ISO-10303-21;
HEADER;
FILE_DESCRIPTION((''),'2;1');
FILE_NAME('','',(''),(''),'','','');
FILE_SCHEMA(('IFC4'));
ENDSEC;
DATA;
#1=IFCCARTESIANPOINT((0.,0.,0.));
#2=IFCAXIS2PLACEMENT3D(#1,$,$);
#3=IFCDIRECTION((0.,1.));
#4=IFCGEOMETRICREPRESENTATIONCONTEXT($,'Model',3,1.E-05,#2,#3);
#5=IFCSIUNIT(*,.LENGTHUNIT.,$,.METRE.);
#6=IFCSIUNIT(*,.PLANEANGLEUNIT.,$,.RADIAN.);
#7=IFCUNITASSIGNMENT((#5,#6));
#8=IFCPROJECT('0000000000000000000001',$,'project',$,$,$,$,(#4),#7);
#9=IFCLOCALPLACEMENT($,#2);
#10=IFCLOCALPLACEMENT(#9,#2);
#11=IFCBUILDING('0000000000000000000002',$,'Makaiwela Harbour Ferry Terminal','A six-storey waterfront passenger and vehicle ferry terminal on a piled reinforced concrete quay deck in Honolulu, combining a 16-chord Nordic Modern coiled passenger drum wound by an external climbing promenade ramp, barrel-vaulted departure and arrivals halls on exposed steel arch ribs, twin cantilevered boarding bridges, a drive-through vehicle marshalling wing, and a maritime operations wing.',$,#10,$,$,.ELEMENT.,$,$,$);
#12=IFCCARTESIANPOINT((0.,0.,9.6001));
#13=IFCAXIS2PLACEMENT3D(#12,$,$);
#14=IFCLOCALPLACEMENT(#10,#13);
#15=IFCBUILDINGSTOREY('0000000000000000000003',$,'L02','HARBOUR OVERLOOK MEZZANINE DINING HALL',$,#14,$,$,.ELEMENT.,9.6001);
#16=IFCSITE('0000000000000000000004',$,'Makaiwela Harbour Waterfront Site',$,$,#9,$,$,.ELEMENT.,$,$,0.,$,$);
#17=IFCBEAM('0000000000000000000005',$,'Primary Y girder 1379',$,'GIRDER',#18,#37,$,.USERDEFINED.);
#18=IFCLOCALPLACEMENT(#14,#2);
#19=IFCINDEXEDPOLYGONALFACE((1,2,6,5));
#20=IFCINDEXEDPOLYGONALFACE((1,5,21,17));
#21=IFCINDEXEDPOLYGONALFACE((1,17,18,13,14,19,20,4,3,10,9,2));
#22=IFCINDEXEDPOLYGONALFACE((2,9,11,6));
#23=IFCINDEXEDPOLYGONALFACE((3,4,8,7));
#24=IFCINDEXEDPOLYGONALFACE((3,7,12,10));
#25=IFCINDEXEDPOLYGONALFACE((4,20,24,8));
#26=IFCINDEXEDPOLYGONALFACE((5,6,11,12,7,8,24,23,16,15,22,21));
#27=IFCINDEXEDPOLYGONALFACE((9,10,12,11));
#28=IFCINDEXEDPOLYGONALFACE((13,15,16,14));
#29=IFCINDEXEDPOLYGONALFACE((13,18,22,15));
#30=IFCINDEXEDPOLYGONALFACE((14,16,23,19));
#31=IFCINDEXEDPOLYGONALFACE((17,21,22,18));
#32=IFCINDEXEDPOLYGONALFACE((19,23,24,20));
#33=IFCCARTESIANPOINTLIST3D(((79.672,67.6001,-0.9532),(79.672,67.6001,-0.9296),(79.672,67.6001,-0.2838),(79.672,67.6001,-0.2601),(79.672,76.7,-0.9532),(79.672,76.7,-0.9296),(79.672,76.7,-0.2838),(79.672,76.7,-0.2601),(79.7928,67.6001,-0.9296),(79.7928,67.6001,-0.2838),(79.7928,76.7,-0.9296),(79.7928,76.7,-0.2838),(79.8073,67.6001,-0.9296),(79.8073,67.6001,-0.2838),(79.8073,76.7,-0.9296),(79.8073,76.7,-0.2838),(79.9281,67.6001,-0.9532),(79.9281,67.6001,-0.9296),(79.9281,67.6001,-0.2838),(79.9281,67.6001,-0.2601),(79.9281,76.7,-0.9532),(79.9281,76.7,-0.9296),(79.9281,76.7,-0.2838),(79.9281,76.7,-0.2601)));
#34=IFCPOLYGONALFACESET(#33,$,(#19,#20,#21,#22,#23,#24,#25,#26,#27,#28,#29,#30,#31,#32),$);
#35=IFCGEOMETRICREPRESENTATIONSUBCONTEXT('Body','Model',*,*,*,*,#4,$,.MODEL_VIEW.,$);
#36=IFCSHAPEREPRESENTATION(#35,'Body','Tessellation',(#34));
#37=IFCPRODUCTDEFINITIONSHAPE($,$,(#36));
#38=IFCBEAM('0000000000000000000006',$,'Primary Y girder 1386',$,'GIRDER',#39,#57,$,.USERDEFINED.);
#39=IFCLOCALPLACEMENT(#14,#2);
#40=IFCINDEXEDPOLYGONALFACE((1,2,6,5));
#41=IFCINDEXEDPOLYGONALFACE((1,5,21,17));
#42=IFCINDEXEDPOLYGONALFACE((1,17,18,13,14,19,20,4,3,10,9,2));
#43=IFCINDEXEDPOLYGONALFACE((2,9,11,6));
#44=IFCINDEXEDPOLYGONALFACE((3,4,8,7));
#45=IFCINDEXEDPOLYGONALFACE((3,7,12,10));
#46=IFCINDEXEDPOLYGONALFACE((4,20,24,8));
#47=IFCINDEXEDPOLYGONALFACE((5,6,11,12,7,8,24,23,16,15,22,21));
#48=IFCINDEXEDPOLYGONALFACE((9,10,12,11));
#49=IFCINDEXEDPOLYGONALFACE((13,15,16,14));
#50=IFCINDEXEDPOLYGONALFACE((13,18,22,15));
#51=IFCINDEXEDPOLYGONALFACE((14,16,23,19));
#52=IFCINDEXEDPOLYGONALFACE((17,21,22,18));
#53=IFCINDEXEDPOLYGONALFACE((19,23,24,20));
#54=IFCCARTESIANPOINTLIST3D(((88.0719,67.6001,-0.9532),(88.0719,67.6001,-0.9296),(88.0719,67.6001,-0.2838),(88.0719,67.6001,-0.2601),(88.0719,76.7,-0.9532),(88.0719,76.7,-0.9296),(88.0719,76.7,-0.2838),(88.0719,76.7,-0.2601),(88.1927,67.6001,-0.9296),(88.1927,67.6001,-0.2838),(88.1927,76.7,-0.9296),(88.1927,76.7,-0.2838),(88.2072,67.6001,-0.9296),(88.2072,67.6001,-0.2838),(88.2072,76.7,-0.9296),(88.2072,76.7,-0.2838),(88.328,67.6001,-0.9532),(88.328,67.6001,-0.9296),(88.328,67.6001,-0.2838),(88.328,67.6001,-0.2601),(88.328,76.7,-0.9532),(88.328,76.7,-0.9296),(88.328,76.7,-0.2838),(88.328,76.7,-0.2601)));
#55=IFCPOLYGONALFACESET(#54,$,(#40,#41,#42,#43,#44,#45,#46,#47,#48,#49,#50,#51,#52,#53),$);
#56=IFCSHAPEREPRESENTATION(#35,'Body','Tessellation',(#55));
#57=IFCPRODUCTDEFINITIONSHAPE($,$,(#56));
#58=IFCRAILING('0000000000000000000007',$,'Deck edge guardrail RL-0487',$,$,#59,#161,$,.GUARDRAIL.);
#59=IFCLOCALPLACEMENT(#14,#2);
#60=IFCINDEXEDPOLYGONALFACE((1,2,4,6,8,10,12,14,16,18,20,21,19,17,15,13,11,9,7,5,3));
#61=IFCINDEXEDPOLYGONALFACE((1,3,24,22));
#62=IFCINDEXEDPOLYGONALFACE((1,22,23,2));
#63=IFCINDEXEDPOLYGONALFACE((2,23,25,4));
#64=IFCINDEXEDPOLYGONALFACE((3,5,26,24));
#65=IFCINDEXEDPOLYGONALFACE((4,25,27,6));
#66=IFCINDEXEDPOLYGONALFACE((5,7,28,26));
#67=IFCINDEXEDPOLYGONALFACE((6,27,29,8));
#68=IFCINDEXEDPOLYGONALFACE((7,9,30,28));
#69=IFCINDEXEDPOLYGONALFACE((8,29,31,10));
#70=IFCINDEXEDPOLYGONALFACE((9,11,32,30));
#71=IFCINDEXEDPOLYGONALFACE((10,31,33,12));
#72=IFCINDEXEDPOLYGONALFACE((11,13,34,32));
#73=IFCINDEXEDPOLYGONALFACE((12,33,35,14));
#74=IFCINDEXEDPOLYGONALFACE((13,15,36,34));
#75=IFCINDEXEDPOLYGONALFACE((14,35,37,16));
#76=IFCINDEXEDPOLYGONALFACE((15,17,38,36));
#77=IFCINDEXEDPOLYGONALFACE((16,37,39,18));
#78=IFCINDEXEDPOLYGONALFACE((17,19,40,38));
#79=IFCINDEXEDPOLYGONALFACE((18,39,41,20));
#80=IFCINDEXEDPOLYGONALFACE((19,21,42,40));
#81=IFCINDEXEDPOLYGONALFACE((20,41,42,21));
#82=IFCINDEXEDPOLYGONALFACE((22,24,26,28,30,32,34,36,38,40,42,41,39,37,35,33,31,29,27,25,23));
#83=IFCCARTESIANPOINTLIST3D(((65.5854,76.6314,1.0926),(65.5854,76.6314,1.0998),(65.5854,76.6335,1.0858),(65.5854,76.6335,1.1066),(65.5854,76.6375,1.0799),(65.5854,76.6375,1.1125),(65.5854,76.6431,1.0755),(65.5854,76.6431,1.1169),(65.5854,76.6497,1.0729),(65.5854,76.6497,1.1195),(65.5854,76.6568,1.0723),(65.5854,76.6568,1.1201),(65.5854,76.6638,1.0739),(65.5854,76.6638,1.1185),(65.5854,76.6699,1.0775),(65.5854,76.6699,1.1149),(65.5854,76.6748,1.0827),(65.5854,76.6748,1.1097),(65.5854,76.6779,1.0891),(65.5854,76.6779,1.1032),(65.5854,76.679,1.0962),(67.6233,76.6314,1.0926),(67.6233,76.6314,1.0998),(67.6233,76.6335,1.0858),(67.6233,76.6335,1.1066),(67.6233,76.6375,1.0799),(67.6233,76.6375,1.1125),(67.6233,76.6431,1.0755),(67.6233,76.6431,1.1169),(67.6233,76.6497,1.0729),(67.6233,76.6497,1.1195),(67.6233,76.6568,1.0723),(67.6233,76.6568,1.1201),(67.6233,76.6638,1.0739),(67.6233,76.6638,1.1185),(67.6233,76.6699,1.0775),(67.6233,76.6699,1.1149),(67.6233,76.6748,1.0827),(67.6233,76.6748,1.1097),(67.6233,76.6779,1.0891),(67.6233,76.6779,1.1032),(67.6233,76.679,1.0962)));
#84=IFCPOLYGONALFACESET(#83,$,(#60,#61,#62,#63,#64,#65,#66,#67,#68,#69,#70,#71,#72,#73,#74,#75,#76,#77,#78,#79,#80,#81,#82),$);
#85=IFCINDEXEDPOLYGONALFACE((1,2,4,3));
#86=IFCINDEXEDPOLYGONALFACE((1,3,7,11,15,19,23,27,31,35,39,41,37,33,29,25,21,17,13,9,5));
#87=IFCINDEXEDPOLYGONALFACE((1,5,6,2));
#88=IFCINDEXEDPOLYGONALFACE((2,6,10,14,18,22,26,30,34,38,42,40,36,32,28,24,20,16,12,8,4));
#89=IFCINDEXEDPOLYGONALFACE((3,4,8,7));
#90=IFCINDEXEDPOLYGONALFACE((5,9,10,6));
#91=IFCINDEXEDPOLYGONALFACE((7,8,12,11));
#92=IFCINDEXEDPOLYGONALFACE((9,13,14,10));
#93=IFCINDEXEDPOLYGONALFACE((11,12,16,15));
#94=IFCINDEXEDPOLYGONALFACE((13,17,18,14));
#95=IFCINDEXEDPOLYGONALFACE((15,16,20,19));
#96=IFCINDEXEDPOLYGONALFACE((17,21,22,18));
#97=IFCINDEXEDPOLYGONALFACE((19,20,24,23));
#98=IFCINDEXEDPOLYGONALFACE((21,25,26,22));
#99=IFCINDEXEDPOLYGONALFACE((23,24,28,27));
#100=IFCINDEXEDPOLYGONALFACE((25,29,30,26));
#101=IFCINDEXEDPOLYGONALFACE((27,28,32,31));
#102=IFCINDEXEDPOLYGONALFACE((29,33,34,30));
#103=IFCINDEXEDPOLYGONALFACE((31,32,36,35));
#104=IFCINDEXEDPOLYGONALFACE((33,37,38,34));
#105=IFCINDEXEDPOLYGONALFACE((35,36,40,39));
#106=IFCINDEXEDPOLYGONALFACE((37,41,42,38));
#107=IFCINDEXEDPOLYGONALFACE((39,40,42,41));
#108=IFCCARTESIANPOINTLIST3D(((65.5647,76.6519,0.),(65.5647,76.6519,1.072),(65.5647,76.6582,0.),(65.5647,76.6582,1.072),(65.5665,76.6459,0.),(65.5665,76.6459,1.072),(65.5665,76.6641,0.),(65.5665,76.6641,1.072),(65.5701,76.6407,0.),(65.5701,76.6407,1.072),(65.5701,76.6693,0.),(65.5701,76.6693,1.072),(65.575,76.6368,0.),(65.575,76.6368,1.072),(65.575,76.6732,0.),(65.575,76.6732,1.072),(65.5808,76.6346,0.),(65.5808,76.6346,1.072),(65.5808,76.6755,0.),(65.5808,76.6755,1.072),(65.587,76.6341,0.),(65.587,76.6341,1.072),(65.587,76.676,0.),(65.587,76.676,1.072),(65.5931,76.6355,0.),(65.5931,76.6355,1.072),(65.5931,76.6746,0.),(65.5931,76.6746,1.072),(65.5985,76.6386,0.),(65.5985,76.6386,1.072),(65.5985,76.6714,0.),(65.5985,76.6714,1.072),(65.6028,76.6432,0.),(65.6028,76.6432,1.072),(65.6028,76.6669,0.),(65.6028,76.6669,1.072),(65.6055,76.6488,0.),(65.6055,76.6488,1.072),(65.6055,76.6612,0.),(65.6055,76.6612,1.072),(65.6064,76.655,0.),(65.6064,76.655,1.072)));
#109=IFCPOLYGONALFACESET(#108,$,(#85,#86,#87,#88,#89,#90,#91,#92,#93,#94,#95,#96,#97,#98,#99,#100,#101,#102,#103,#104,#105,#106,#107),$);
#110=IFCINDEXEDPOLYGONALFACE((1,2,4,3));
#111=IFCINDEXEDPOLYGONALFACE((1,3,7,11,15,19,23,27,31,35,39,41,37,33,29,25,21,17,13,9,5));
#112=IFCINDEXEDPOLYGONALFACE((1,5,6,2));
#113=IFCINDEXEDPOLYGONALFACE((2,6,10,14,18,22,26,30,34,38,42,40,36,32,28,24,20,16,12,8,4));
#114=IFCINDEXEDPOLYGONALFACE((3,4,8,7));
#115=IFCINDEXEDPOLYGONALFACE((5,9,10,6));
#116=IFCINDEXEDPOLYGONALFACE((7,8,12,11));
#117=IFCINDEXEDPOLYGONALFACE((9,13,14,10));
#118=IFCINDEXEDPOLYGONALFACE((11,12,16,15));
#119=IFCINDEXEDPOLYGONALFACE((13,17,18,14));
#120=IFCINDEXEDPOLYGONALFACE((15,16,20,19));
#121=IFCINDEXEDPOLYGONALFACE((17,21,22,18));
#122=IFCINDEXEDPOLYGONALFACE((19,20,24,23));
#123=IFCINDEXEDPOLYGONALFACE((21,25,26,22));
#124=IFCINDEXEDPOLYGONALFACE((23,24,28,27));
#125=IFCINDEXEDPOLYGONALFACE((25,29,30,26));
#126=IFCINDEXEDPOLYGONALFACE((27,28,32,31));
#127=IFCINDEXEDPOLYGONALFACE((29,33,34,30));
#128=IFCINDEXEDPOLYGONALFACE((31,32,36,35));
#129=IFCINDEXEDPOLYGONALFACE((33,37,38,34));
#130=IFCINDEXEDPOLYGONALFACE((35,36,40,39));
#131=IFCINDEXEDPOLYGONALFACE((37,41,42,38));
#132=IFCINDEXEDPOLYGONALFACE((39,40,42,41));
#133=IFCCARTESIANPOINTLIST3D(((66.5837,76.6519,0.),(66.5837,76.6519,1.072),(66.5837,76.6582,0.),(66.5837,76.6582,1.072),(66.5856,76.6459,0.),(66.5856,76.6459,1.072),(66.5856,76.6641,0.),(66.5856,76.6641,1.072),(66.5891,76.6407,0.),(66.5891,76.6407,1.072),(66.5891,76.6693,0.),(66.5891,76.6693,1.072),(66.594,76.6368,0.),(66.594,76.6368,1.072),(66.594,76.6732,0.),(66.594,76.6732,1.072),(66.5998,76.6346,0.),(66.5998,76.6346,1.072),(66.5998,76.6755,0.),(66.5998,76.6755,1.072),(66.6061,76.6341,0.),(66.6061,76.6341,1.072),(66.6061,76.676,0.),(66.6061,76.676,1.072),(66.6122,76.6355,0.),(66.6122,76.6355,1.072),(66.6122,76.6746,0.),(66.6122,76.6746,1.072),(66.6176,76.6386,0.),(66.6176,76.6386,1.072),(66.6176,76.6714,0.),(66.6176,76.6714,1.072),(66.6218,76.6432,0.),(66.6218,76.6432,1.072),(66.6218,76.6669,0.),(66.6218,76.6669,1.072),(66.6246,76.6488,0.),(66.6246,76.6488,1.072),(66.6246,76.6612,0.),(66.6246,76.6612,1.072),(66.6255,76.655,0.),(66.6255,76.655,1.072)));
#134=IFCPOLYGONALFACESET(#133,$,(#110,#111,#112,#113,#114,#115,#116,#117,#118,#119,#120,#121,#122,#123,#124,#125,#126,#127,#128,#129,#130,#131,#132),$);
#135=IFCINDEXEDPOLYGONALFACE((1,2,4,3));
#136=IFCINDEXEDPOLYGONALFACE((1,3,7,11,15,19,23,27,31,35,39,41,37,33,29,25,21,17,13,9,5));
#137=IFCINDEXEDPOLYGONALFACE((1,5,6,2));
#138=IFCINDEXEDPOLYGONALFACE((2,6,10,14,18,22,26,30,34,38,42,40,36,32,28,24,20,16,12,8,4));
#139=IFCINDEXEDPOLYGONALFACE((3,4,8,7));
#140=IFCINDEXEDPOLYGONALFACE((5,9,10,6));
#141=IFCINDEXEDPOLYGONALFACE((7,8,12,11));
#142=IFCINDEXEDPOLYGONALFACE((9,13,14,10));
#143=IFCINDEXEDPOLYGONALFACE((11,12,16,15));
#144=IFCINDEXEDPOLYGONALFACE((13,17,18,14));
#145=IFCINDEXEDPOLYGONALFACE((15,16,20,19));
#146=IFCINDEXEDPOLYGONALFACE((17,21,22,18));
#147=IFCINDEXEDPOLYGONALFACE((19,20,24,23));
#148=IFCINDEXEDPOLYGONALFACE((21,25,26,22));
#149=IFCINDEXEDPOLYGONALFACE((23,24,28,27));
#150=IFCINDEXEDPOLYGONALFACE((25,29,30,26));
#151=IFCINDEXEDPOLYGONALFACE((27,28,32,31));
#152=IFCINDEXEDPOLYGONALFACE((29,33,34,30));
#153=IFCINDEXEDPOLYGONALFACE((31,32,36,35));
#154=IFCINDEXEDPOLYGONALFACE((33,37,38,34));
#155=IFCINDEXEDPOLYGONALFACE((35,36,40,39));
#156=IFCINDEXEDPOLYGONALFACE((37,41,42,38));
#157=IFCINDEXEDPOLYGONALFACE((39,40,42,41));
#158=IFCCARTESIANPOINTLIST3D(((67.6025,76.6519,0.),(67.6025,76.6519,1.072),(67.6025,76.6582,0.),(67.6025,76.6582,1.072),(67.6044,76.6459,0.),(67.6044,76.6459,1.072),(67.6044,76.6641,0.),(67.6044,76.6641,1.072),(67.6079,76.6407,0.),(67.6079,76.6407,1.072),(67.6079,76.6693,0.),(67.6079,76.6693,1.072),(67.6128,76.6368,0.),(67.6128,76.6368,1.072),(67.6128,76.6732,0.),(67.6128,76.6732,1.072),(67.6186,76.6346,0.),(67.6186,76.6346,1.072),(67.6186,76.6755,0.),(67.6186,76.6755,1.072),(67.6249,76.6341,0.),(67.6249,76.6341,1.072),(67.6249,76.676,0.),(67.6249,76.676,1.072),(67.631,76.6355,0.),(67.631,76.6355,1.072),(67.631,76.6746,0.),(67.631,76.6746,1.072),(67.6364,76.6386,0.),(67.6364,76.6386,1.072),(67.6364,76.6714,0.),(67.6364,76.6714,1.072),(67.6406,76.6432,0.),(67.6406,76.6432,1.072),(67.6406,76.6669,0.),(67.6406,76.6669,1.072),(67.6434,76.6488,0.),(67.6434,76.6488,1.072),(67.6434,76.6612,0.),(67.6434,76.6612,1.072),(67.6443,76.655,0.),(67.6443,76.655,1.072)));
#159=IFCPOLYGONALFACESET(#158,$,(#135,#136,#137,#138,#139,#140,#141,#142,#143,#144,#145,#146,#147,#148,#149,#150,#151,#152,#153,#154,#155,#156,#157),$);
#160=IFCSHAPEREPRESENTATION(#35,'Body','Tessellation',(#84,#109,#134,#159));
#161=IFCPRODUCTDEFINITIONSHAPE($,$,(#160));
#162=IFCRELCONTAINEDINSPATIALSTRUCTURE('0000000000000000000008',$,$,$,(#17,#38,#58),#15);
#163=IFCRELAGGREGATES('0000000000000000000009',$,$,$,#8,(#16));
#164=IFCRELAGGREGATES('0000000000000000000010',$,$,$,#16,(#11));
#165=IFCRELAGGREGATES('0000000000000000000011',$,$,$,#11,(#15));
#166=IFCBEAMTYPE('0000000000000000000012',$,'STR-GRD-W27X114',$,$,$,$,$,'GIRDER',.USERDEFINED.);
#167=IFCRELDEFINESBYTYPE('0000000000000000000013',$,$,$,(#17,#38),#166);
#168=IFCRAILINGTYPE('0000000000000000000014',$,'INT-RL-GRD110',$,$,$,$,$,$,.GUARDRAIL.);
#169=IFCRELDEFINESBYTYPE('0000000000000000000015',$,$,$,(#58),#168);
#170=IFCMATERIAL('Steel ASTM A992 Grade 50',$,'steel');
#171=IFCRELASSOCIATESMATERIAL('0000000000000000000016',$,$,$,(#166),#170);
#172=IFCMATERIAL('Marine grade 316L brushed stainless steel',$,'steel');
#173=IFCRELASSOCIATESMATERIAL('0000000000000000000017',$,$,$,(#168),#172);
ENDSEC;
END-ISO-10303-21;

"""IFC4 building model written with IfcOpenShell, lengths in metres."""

from ifc_helpers import new_model, si_unit, direction, frame, origin, origin_2d, place, context, subcontext, project, spatial, circle, i_section, extrude, material, material_profile, profile_set, type_object, element, save


model = new_model("IFC4")

# Units and contexts
model_context = context("Model", 3, precision=1e-05, world=origin(), true_north=direction((0.0, 1.0)))
body_context = subcontext(model_context, "Body", "Model", "MODEL_VIEW")
ifc_project = project(units=[si_unit("LENGTHUNIT", "METRE"), si_unit("PLANEANGLEUNIT", "RADIAN")], contexts=[model_context])

# Site, building, storey
site_placement = place(None, origin())
site = spatial("IfcSite", under=ifc_project, at=site_placement, Name="Makaiwela Harbour Waterfront Site", CompositionType="ELEMENT", RefElevation=0.0)
building_placement = place(site_placement, origin())
building = spatial("IfcBuilding", under=site, at=building_placement, Name="Makaiwela Harbour Ferry Terminal", Description="A six-storey waterfront passenger and vehicle ferry terminal on a piled reinforced concrete quay deck in Honolulu, combining a 16-chord Nordic Modern coiled passenger drum wound by an external climbing promenade ramp, barrel-vaulted departure and arrivals halls on exposed steel arch ribs, twin cantilevered boarding bridges, a drive-through vehicle marshalling wing, and a maritime operations wing.", CompositionType="ELEMENT")
storey_placement = place(building_placement, frame((0.0, 0.0, 9.6001)))
storey = spatial("IfcBuildingStorey", under=building, at=storey_placement, Name="L02", Description="HARBOUR OVERLOOK MEZZANINE DINING HALL", CompositionType="ELEMENT", Elevation=9.6001)

# Shared definitions
ifc_material_1 = material(Name="Steel ASTM A992 Grade 50", Category="steel")

# Beams
ifc_material_profile_1 = material_profile(ifc_material_1, i_section(OverallWidth=0.2561, OverallDepth=0.6931, WebThickness=0.0144, FlangeThickness=0.0237, at=origin_2d()), Name="W27X114")
ifc_profile_set_1 = profile_set([ifc_material_profile_1], Name="Steel ASTM A992 Grade 50")
beam_type_1 = type_object("IfcBeamType", Name="STR-GRD-W27X114", ElementType="GIRDER", PredefinedType="USERDEFINED", material=ifc_profile_set_1)
for number, where, z_axis, x_axis, name in (
    (1, (79.8, 67.6001, -0.6067), (0.0, 1.0, 0.0), (-1.0, 0.0, 0.0), "Primary Y girder 1379"),
    (2, (88.2, 67.6001, -0.6067), (0.0, 1.0, 0.0), (-1.0, 0.0, 0.0), "Primary Y girder 1386"),
):
    element("IfcBeam", number, at=place(storey_placement, frame(where, z_axis=z_axis, x_axis=x_axis)), inside=storey, type_object=beam_type_1, Name=name, ObjectType="GIRDER", PredefinedType="USERDEFINED", context=body_context, shape_type="SweptSolid", body=[
        extrude(i_section(OverallWidth=0.2561, OverallDepth=0.6931, WebThickness=0.0144, FlangeThickness=0.0237, at=origin_2d()), origin(), (0.0, 0.0, 1.0), 9.0999),
    ])

# Railing
ifc_material_2 = material(Name="Marine grade 316L brushed stainless steel", Category="steel")
railing_type = type_object("IfcRailingType", Name="INT-RL-GRD110", PredefinedType="GUARDRAIL", material=ifc_material_2)
railing_1_placement = place(storey_placement, frame((65.5854, 76.655, 0.0)))
element("IfcRailing", 3, at=railing_1_placement, inside=storey, type_object=railing_type, Name="Deck edge guardrail RL-0487", PredefinedType="GUARDRAIL", context=body_context, shape_type="SweptSolid", body=[
    extrude(circle(Radius=0.0239, at=origin_2d()), frame((0.0, 0.0, 1.0962), z_axis=(1.0, 0.0, 0.0), x_axis=(0.0, 1.0, 0.0)), (0.0, 0.0, 1.0), 2.0378),
    extrude(circle(Radius=0.021, at=origin_2d()), origin(), (0.0, 0.0, 1.0), 1.072),
    extrude(circle(Radius=0.021, at=origin_2d()), frame((1.019, 0.0, 0.0)), (0.0, 0.0, 1.0), 1.072),
    extrude(circle(Radius=0.021, at=origin_2d()), frame((2.0378, 0.0, 0.0)), (0.0, 0.0, 1.0), 1.072),
])

save(model, "model.ifc")
